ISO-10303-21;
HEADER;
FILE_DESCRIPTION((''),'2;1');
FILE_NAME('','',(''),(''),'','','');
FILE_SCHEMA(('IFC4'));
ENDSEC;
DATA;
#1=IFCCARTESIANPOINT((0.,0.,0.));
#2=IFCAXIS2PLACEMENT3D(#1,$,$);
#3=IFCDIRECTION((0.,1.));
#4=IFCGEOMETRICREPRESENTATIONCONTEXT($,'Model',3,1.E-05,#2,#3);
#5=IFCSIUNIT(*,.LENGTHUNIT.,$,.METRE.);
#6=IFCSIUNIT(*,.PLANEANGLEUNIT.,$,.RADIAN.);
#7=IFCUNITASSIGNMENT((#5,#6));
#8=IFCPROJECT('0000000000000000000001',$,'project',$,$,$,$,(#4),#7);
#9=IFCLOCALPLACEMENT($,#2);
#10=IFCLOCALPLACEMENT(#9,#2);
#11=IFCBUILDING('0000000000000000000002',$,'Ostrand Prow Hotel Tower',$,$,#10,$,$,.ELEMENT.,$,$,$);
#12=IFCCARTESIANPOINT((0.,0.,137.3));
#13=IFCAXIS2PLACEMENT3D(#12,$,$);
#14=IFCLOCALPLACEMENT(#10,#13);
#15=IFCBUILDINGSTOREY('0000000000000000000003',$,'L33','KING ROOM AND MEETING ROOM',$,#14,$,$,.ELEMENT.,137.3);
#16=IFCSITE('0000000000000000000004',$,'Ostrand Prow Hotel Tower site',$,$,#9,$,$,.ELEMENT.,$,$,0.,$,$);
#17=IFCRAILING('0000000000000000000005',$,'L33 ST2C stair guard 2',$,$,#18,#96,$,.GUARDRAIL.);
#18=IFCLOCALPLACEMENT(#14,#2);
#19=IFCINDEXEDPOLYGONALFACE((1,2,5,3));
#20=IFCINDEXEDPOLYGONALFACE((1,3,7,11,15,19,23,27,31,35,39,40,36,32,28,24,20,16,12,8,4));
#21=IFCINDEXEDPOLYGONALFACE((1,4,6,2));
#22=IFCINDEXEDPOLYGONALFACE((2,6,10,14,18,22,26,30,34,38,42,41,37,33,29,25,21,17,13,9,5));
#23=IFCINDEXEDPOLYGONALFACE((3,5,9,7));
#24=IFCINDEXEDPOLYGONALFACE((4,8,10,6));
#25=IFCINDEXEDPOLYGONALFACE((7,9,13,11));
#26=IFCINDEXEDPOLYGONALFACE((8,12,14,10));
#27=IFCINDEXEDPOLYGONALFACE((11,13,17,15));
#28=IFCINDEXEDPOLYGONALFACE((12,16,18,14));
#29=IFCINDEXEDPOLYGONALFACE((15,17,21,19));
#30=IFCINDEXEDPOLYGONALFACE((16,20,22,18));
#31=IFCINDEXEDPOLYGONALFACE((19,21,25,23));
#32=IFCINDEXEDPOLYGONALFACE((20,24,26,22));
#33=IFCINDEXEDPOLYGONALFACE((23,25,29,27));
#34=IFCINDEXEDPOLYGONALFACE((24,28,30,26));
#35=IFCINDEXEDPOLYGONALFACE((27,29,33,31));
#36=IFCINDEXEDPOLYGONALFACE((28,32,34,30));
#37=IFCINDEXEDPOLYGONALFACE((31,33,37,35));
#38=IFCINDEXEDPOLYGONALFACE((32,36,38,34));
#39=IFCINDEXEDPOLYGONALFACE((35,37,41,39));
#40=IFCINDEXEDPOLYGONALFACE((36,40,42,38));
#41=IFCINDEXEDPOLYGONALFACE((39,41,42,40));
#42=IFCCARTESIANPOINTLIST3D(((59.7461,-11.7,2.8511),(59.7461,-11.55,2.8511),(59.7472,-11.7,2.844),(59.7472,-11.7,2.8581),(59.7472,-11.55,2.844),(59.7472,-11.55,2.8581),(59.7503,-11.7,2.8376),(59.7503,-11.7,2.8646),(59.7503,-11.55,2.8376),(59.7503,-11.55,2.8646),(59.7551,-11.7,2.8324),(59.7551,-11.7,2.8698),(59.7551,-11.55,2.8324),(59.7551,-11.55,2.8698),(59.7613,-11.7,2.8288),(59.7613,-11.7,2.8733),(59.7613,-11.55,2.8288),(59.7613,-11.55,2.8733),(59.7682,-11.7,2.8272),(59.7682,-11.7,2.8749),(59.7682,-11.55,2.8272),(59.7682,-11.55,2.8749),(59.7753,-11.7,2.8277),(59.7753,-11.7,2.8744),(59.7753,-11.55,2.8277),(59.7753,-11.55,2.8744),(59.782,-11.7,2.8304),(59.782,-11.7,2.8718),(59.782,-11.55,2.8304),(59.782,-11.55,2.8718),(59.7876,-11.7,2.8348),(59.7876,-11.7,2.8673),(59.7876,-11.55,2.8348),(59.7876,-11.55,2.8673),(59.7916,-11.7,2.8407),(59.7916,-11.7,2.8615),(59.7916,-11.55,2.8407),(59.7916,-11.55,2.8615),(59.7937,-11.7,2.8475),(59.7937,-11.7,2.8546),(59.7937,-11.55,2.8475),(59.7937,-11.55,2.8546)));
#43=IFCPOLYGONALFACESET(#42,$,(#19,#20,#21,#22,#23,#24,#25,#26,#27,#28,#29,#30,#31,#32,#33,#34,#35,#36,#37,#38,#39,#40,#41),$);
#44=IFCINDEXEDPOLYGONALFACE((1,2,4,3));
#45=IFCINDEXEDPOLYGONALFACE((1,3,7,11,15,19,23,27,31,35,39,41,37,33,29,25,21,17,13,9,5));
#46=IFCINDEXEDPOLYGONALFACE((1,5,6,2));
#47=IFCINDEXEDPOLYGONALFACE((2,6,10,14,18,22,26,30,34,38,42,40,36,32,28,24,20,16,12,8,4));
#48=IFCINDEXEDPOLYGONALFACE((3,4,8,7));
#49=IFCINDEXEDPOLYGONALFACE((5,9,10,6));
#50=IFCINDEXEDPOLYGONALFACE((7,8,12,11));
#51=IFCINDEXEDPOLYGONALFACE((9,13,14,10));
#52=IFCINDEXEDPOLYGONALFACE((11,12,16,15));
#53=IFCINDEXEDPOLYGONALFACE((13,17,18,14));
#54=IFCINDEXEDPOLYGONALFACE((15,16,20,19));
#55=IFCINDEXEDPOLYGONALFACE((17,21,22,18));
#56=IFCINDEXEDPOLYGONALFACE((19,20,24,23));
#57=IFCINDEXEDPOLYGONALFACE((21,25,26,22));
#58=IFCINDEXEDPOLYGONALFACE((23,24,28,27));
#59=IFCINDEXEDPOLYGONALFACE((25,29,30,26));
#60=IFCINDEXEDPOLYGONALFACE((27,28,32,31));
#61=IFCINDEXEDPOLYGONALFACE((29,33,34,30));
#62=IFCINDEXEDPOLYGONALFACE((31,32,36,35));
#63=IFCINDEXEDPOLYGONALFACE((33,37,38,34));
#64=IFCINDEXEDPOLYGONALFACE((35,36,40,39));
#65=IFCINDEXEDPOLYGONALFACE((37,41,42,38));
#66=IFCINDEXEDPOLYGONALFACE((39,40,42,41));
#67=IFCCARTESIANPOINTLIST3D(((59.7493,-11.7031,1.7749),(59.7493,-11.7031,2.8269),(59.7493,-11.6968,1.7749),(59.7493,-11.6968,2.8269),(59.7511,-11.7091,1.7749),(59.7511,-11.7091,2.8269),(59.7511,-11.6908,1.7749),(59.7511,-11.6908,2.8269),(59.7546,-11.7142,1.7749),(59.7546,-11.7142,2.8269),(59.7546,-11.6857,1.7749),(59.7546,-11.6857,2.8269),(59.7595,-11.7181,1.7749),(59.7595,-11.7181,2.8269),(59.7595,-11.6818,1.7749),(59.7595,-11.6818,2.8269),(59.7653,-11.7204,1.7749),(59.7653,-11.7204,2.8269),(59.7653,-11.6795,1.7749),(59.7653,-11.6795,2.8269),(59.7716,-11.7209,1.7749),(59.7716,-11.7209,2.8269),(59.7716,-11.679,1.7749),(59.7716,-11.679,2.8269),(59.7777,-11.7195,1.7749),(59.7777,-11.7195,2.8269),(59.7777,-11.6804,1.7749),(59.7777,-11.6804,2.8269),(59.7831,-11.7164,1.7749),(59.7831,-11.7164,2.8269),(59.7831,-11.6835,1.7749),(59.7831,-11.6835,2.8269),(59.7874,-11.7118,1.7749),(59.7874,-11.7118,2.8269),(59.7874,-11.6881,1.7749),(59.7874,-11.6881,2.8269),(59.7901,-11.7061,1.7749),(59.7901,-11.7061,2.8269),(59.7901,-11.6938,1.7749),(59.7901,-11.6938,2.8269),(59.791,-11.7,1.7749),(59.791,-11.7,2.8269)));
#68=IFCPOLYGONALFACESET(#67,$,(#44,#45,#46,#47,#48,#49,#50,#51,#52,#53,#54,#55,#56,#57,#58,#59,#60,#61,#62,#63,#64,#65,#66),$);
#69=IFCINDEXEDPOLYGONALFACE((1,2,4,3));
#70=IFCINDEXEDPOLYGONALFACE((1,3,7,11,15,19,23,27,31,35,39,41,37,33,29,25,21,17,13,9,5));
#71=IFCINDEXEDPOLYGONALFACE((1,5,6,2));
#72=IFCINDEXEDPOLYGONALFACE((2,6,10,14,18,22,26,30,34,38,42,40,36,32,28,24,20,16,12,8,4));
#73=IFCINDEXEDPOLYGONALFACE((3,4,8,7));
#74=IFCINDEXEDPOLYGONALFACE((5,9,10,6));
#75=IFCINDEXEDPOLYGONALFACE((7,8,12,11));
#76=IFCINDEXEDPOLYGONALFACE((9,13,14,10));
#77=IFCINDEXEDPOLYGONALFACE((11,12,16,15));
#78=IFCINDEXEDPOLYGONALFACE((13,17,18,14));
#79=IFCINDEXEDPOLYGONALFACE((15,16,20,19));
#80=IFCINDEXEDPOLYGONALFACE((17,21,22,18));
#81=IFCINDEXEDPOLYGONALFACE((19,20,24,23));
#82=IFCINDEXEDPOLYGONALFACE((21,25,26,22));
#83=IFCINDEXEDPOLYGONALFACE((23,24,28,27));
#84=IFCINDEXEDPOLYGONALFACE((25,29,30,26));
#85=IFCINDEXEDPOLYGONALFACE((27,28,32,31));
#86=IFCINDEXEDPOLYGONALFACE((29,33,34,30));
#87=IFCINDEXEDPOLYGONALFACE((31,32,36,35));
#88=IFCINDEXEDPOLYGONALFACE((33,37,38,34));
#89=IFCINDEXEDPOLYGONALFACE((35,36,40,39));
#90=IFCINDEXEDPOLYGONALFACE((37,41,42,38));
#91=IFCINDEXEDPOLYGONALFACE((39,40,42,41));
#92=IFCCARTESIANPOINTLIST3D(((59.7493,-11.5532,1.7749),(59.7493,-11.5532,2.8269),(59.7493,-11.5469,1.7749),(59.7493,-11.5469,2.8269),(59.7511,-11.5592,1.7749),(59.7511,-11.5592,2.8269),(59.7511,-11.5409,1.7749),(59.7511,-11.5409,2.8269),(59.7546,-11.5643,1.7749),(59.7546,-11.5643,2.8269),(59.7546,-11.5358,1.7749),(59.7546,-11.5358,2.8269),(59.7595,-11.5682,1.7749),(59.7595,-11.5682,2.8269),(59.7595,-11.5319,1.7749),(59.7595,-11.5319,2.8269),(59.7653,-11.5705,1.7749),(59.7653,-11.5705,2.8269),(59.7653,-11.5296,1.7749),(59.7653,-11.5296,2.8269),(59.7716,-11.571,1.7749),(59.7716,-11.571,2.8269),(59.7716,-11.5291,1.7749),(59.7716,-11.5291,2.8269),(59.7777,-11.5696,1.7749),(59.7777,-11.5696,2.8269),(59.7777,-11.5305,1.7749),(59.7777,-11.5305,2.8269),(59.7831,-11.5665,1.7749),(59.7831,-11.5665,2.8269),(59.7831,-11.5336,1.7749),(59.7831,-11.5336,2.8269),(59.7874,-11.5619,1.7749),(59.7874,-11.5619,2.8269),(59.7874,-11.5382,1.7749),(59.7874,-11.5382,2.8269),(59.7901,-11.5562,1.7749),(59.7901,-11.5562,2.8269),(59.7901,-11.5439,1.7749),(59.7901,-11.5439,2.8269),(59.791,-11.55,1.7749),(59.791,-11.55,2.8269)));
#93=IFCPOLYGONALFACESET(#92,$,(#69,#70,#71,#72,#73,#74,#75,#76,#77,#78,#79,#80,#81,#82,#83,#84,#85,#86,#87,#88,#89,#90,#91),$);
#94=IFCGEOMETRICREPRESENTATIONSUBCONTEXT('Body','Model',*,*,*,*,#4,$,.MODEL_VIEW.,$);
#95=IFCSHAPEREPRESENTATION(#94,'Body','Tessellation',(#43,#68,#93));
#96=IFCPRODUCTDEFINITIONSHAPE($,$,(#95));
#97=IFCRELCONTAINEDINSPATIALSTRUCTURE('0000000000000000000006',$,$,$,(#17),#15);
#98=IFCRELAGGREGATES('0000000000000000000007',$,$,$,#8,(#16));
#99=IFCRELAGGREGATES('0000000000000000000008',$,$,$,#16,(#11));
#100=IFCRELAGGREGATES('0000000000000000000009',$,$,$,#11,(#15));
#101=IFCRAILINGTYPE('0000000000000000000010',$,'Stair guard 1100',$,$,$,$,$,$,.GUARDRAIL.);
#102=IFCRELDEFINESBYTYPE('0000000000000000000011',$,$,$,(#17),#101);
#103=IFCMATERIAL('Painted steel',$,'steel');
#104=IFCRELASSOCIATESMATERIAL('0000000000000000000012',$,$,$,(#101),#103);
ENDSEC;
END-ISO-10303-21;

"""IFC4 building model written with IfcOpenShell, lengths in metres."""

from ifc_helpers import new_model, si_unit, direction, frame, origin, origin_2d, place, context, subcontext, project, spatial, circle, extrude, material, type_object, element, save


model = new_model("IFC4")

# Units and contexts
model_context = context("Model", 3, precision=1e-05, world=origin(), true_north=direction((0.0, 1.0)))
body_context = subcontext(model_context, "Body", "Model", "MODEL_VIEW")
ifc_project = project(units=[si_unit("LENGTHUNIT", "METRE"), si_unit("PLANEANGLEUNIT", "RADIAN")], contexts=[model_context])

# Site, building, storey
site_placement = place(None, origin())
site = spatial("IfcSite", under=ifc_project, at=site_placement, Name="Ostrand Prow Hotel Tower site", CompositionType="ELEMENT", RefElevation=0.0)
building_placement = place(site_placement, origin())
building = spatial("IfcBuilding", under=site, at=building_placement, Name="Ostrand Prow Hotel Tower", CompositionType="ELEMENT")
storey_placement = place(building_placement, frame((0.0, 0.0, 137.3)))
storey = spatial("IfcBuildingStorey", under=building, at=storey_placement, Name="L33", Description="KING ROOM AND MEETING ROOM", CompositionType="ELEMENT", Elevation=137.3)

# Railing
ifc_material_1 = material(Name="Painted steel", Category="steel")
railing_type_1 = type_object("IfcRailingType", Name="Stair guard 1100", PredefinedType="GUARDRAIL", material=ifc_material_1)
railing_1_placement = place(storey_placement, frame((59.77, -11.7, 1.7749)))
element("IfcRailing", 1, at=railing_1_placement, inside=storey, type_object=railing_type_1, Name="L33 ST2C stair guard 2", PredefinedType="GUARDRAIL", context=body_context, shape_type="SweptSolid", body=[
    extrude(circle(Radius=0.0239, at=origin_2d()), frame((0.0, 0.0, 1.0762), z_axis=(0.0, 1.0, 0.0), x_axis=(-1.0, 0.0, 0.0)), (0.0, 0.0, 1.0), 0.1499),
    extrude(circle(Radius=0.021, at=origin_2d()), origin(), (0.0, 0.0, 1.0), 1.052),
    extrude(circle(Radius=0.021, at=origin_2d()), frame((0.0, 0.1499, 0.0)), (0.0, 0.0, 1.0), 1.052),
])

save(model, "model.ifc")
